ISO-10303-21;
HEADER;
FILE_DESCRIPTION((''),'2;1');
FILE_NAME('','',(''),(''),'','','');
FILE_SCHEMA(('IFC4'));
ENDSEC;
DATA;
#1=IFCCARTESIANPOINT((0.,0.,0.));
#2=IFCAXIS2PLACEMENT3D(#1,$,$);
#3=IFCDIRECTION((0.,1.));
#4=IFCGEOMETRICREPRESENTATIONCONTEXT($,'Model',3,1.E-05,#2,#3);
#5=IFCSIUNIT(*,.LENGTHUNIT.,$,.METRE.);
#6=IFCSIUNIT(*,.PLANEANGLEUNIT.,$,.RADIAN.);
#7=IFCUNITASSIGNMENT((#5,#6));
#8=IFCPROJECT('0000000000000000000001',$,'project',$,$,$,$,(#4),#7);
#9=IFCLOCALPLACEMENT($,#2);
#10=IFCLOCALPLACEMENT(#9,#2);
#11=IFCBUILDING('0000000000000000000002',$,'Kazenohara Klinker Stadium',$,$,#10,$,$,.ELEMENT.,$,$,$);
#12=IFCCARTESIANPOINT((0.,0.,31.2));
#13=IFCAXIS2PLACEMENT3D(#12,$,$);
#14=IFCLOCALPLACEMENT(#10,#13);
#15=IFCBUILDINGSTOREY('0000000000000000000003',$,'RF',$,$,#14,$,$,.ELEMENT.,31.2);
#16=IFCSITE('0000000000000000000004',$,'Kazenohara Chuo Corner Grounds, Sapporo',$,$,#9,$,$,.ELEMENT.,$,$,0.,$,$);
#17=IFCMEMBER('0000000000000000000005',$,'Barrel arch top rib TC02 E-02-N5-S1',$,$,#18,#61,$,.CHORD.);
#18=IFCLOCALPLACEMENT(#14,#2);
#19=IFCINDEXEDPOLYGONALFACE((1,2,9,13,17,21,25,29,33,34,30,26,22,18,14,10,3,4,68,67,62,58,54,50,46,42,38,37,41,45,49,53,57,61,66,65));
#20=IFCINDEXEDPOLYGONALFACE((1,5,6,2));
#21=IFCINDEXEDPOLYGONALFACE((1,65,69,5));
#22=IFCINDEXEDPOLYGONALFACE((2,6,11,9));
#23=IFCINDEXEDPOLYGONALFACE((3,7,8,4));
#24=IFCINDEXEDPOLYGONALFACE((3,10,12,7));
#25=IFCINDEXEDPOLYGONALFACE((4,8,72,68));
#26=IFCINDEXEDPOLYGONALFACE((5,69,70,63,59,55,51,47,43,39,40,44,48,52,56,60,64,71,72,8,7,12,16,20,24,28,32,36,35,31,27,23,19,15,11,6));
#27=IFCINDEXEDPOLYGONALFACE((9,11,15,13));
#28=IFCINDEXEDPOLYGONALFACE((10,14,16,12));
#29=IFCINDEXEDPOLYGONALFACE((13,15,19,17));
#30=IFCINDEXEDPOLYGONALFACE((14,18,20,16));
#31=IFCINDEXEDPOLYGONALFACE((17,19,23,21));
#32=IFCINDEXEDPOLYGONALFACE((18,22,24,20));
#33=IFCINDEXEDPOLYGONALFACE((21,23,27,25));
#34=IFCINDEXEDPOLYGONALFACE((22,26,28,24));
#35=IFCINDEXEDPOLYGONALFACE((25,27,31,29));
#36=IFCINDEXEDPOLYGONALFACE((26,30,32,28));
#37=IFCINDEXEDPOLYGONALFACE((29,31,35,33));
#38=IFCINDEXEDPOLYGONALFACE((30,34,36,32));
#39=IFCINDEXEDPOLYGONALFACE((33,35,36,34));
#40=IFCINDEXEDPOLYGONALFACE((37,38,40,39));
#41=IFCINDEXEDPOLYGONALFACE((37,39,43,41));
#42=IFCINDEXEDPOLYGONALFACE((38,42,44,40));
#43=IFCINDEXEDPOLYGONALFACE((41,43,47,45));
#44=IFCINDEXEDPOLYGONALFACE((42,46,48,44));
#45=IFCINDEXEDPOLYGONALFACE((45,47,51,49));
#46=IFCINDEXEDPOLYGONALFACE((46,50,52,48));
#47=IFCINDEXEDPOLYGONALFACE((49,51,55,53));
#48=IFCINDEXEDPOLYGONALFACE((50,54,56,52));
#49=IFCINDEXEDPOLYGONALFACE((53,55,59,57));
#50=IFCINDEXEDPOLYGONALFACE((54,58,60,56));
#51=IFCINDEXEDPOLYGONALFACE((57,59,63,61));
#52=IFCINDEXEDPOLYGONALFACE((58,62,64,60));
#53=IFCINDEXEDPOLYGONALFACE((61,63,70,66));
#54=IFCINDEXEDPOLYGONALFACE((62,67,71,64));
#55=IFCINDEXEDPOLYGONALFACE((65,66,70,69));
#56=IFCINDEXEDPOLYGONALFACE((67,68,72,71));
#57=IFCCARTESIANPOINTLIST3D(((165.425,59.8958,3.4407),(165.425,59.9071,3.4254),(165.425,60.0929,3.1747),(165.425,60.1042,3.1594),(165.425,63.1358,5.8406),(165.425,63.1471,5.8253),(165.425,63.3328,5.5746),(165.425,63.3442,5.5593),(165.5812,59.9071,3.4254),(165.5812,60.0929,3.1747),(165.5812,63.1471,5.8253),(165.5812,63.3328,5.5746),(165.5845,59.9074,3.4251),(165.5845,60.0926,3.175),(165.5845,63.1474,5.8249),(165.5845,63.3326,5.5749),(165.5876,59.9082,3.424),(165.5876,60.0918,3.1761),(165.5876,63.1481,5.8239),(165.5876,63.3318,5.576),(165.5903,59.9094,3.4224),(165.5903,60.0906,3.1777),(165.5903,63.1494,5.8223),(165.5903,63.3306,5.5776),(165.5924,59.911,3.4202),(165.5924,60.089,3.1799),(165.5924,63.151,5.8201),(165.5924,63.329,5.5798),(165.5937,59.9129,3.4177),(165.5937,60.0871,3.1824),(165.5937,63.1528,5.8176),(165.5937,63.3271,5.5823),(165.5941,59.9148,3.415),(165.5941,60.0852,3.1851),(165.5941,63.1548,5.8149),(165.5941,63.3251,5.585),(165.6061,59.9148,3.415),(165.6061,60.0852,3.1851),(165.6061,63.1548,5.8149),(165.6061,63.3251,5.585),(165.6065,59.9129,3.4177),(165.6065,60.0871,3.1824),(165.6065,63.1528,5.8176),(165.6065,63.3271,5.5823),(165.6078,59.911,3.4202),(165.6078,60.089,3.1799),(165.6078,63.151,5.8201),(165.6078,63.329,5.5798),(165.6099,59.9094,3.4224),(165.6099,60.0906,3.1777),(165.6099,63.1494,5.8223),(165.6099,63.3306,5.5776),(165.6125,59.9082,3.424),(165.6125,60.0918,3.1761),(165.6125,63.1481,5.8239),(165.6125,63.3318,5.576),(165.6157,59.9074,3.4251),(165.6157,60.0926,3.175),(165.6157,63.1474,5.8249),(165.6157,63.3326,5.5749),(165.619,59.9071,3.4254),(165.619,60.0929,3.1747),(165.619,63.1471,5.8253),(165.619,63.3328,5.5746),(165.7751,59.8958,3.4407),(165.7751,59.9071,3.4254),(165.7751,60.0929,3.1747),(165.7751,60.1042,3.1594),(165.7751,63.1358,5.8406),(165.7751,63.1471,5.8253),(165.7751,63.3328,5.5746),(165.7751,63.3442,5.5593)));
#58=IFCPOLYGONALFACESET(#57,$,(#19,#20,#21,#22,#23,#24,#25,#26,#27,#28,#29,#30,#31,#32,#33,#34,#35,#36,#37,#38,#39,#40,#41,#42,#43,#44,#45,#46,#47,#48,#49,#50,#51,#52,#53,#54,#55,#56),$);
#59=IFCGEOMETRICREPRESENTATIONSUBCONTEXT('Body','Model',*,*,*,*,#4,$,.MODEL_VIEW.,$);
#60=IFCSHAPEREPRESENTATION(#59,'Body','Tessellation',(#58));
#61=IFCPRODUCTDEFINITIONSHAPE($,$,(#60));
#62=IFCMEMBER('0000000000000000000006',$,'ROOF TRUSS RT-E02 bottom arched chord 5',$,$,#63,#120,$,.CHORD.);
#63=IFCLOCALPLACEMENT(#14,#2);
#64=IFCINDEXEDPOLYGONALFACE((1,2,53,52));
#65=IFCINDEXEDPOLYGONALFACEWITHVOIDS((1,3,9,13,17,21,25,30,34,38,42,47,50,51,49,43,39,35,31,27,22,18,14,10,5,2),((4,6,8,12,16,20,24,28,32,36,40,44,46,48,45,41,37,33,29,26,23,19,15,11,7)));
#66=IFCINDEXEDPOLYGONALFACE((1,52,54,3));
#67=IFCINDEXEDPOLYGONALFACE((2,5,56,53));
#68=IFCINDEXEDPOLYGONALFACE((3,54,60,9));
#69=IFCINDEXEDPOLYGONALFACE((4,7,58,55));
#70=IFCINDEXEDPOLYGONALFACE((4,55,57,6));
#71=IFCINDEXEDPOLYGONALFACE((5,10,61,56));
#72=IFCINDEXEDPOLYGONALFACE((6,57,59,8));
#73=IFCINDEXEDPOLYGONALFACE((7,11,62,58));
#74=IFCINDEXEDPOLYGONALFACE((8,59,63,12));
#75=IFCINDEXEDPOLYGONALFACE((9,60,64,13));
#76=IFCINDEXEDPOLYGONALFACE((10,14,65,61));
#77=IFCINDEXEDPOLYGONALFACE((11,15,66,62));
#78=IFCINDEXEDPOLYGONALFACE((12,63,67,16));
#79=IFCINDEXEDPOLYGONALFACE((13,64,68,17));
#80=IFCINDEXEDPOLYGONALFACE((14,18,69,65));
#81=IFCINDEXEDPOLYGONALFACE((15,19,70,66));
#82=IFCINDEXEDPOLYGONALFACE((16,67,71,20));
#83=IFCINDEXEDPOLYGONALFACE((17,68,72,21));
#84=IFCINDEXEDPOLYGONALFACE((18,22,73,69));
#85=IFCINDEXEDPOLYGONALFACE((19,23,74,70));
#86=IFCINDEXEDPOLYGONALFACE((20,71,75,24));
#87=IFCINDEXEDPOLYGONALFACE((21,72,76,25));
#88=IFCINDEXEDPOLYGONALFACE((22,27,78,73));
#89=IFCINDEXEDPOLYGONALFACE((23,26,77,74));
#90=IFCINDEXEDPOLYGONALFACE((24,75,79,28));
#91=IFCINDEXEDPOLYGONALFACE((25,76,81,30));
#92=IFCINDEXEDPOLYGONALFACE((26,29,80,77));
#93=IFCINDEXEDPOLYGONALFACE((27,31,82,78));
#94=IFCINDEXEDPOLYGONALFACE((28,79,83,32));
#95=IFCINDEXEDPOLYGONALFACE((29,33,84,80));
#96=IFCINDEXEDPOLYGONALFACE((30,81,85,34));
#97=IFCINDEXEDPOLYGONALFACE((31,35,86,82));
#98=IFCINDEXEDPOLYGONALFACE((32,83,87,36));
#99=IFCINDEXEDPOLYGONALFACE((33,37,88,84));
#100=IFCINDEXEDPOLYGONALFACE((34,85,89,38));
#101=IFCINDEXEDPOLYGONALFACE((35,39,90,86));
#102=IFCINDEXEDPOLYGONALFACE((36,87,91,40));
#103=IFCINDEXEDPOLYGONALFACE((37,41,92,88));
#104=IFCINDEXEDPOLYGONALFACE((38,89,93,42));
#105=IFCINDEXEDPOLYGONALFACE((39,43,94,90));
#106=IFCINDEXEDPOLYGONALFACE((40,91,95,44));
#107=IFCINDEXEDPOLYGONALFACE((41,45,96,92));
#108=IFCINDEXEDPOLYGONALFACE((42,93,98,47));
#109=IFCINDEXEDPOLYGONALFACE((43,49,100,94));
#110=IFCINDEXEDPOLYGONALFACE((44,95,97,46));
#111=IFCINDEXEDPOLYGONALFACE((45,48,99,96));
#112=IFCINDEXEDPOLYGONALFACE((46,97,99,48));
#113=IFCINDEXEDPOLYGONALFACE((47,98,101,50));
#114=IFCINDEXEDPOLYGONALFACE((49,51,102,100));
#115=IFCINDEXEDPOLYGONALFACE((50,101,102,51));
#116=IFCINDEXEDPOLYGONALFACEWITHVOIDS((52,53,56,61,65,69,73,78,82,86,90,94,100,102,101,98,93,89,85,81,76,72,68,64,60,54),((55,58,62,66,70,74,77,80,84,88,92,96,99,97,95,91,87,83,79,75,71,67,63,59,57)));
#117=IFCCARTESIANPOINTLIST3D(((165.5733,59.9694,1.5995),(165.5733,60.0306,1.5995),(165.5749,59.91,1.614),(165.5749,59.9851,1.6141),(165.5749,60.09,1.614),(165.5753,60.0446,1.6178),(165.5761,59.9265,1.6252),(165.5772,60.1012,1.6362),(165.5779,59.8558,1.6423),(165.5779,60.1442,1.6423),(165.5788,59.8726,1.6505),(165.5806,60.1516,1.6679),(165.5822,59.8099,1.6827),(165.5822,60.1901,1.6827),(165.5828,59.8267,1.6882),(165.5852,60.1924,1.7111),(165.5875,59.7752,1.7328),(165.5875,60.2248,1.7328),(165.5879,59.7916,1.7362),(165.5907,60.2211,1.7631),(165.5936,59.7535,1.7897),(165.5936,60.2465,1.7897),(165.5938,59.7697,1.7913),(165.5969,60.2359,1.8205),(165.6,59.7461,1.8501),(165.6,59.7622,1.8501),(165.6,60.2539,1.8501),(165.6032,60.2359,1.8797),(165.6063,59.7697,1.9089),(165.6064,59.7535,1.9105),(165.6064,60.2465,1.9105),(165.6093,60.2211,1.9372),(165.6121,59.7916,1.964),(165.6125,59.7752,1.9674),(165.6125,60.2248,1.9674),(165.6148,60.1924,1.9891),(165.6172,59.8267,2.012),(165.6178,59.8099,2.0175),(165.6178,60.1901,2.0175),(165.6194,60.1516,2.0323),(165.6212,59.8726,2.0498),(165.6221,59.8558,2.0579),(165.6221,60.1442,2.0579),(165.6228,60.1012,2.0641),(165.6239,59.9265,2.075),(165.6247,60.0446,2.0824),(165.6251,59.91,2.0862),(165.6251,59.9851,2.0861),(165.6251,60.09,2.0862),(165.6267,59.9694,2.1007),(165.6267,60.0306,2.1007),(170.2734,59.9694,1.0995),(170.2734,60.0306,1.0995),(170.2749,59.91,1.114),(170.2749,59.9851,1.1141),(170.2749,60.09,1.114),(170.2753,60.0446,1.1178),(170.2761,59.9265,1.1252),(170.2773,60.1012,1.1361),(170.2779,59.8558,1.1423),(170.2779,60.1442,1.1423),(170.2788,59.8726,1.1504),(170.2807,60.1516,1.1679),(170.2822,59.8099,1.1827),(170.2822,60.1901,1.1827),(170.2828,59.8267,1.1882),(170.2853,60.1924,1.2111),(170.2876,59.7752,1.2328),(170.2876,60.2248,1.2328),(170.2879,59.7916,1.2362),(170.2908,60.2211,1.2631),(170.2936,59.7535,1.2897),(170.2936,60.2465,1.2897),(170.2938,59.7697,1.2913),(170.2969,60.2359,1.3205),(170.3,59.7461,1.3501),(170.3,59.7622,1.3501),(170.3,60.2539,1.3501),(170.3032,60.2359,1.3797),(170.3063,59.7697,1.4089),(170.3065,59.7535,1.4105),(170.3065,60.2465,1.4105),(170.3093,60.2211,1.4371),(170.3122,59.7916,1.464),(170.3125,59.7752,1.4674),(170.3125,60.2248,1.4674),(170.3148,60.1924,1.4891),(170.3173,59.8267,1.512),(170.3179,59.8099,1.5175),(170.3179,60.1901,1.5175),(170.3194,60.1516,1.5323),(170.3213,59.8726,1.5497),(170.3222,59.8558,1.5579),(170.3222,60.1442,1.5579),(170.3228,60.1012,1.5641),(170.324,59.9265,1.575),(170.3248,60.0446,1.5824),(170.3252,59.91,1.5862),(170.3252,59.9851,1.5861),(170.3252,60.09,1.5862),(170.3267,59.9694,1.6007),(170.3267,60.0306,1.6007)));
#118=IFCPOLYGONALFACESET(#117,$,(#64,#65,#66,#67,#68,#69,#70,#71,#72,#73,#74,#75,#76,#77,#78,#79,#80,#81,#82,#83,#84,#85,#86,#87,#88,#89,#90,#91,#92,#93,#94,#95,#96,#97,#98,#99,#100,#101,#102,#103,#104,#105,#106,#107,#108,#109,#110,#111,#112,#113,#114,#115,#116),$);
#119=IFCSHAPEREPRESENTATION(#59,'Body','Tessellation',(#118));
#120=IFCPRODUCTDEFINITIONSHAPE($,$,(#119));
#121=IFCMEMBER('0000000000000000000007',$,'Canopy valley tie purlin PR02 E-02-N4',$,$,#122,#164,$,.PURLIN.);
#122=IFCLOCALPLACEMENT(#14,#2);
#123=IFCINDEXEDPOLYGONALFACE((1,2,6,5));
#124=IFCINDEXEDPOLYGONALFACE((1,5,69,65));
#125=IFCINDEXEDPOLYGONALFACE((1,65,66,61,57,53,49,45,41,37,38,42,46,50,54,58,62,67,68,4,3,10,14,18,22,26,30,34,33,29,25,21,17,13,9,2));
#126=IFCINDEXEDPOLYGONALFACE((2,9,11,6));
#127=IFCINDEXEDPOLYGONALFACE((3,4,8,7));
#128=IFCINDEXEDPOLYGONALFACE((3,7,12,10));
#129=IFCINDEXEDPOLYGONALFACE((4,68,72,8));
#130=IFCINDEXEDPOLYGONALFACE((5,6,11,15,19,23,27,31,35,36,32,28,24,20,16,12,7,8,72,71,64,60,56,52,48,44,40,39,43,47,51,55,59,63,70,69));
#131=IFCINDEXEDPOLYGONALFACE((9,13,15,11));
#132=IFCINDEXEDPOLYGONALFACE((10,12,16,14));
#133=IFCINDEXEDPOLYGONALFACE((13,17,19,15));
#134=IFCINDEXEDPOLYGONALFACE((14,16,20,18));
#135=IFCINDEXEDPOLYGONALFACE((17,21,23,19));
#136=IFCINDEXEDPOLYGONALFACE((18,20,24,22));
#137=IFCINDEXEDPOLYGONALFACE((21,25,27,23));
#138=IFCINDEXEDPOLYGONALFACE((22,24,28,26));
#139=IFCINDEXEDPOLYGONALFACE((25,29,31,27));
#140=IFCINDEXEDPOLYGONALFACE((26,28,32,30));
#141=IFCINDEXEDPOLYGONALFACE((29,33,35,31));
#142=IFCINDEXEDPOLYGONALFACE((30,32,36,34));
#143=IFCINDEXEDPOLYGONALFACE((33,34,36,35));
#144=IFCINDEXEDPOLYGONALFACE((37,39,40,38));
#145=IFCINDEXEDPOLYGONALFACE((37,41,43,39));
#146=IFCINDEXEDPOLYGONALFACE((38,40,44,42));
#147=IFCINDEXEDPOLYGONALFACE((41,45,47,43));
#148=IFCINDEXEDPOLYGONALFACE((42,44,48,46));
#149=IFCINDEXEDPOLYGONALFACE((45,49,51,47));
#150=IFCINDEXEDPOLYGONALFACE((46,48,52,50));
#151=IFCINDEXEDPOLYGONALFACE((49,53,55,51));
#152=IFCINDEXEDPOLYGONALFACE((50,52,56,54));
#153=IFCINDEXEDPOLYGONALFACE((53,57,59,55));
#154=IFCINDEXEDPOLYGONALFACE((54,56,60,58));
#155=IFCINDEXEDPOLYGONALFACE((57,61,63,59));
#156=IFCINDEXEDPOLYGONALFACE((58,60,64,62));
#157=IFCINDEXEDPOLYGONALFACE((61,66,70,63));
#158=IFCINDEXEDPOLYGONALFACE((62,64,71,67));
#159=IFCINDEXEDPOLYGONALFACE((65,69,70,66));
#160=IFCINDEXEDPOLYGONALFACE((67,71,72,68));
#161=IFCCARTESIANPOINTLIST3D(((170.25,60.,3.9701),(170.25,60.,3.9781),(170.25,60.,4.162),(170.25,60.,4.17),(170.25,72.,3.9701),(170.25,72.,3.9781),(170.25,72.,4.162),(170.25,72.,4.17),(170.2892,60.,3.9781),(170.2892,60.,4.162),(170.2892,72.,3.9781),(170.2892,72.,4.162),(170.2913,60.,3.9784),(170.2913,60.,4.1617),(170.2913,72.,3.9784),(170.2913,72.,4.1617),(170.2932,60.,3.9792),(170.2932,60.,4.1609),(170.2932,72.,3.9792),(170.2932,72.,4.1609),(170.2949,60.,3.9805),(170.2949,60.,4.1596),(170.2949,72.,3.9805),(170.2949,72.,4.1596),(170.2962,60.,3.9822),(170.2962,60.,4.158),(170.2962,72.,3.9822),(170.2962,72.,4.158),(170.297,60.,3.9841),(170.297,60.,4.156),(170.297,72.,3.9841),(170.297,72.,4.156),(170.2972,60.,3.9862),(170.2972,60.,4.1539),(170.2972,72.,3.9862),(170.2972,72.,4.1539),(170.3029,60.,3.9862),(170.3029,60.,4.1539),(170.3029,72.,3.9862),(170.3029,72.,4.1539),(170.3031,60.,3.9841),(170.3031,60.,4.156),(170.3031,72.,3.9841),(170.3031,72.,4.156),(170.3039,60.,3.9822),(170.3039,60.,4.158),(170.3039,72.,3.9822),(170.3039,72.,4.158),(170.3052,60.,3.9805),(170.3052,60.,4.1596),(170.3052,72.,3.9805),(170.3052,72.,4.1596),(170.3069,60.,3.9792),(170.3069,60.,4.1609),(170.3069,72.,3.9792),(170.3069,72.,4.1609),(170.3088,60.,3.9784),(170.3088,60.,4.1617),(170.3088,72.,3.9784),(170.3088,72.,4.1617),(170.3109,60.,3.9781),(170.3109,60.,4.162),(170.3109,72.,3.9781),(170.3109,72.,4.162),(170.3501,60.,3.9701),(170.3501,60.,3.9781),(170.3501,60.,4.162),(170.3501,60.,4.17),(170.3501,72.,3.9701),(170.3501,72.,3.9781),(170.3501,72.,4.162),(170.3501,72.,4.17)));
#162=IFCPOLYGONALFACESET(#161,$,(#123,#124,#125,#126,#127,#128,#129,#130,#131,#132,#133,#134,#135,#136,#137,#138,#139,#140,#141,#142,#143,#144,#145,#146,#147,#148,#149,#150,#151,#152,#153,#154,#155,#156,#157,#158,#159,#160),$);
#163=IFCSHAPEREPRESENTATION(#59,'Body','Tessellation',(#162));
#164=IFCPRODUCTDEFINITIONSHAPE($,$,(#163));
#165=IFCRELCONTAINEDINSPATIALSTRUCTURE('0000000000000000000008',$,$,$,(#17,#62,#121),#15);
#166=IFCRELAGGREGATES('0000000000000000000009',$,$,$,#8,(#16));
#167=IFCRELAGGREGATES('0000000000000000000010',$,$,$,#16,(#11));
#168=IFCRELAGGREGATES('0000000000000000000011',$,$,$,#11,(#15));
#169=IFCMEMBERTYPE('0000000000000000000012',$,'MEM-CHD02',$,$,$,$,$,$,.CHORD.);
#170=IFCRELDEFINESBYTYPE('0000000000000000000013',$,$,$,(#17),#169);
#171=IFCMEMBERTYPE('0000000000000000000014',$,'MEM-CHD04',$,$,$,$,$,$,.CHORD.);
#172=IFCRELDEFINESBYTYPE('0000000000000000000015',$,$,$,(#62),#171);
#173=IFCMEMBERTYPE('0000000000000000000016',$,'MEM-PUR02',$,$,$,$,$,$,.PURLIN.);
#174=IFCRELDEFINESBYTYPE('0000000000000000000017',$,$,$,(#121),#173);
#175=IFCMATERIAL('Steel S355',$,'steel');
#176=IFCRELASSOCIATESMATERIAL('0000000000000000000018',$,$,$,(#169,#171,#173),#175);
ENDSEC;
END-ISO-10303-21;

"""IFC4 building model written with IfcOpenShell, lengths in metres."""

from ifc_helpers import new_model, si_unit, direction, frame, origin, origin_2d, place, context, subcontext, project, spatial, hollow_circle, i_section, extrude, material, material_profile, profile_set, type_object, element, save


model = new_model("IFC4")

# Units and contexts
model_context = context("Model", 3, precision=1e-05, world=origin(), true_north=direction((0.0, 1.0)))
body_context = subcontext(model_context, "Body", "Model", "MODEL_VIEW")
ifc_project = project(units=[si_unit("LENGTHUNIT", "METRE"), si_unit("PLANEANGLEUNIT", "RADIAN")], contexts=[model_context])

# Site, building, storey
site_placement = place(None, origin())
site = spatial("IfcSite", under=ifc_project, at=site_placement, Name="Kazenohara Chuo Corner Grounds, Sapporo", CompositionType="ELEMENT", RefElevation=0.0)
building_placement = place(site_placement, origin())
building = spatial("IfcBuilding", under=site, at=building_placement, Name="Kazenohara Klinker Stadium", CompositionType="ELEMENT")
storey_placement = place(building_placement, frame((0.0, 0.0, 31.2)))
storey = spatial("IfcBuildingStorey", under=building, at=storey_placement, Name="RF", CompositionType="ELEMENT", Elevation=31.2)

# Members
ifc_material_1 = material(Name="Steel S355", Category="steel")
ifc_material_profile_1 = material_profile(ifc_material_1, i_section(OverallWidth=0.3501, OverallDepth=0.3501, WebThickness=0.012, FlangeThickness=0.019, FilletRadius=0.0129, at=origin_2d()), Name="H-350x350x12x19")
ifc_profile_set_1 = profile_set([ifc_material_profile_1], Name="Steel S355")
member_type_1 = type_object("IfcMemberType", Name="MEM-CHD02", PredefinedType="CHORD", material=ifc_profile_set_1)
for number, where, z_axis, x_axis, name in (
    (1, (165.6001, 60.0, 3.3), (0.0, 0.803568, 0.595213), (-1.0, 0.0, 0.0), "Barrel arch top rib TC02 E-02-N5-S1"),
):
    element("IfcMember", number, at=place(storey_placement, frame(where, z_axis=z_axis, x_axis=x_axis)), inside=storey, type_object=member_type_1, Name=name, PredefinedType="CHORD", context=body_context, shape_type="SweptSolid", body=[
        extrude(i_section(OverallWidth=0.3501, OverallDepth=0.3501, WebThickness=0.012, FlangeThickness=0.019, FilletRadius=0.0129, at=origin_2d()), origin(), (0.0, 0.0, 1.0), 4.032),
    ])
ifc_material_profile_2 = material_profile(ifc_material_1, hollow_circle(Radius=0.2539, WallThickness=0.0161, at=origin_2d()), Name="CHS-508.0x16")
ifc_profile_set_2 = profile_set([ifc_material_profile_2], Name="Steel S355")
member_type_2 = type_object("IfcMemberType", Name="MEM-CHD04", PredefinedType="CHORD", material=ifc_profile_set_2)
member_1_placement = place(storey_placement, frame((170.3, 60.0, 1.3501), z_axis=(-0.994389, 0.0, 0.105787), x_axis=(0.0, -1.0, 0.0)))
element("IfcMember", 2, at=member_1_placement, inside=storey, type_object=member_type_2, Name="ROOF TRUSS RT-E02 bottom arched chord 5", PredefinedType="CHORD", context=body_context, shape_type="SweptSolid", body=[
    extrude(hollow_circle(Radius=0.2539, WallThickness=0.0161, at=origin_2d()), origin(), (0.0, 0.0, 1.0), 4.7266),
])
ifc_material_profile_3 = material_profile(ifc_material_1, i_section(OverallWidth=0.1001, OverallDepth=0.2, WebThickness=0.0056, FlangeThickness=0.0081, FilletRadius=0.0081, at=origin_2d()), Name="H-200x100x5.5x8")
ifc_profile_set_3 = profile_set([ifc_material_profile_3], Name="Steel S355")
member_type_3 = type_object("IfcMemberType", Name="MEM-PUR02", PredefinedType="PURLIN", material=ifc_profile_set_3)
member_2_placement = place(storey_placement, frame((170.3, 60.0, 4.0701), z_axis=(0.0, 1.0, 0.0), x_axis=(-1.0, 0.0, 0.0)))
element("IfcMember", 3, at=member_2_placement, inside=storey, type_object=member_type_3, Name="Canopy valley tie purlin PR02 E-02-N4", PredefinedType="PURLIN", context=body_context, shape_type="SweptSolid", body=[
    extrude(i_section(OverallWidth=0.1001, OverallDepth=0.2, WebThickness=0.0056, FlangeThickness=0.0081, FilletRadius=0.0081, at=origin_2d()), origin(), (0.0, 0.0, 1.0), 12.0),
])

save(model, "model.ifc")
